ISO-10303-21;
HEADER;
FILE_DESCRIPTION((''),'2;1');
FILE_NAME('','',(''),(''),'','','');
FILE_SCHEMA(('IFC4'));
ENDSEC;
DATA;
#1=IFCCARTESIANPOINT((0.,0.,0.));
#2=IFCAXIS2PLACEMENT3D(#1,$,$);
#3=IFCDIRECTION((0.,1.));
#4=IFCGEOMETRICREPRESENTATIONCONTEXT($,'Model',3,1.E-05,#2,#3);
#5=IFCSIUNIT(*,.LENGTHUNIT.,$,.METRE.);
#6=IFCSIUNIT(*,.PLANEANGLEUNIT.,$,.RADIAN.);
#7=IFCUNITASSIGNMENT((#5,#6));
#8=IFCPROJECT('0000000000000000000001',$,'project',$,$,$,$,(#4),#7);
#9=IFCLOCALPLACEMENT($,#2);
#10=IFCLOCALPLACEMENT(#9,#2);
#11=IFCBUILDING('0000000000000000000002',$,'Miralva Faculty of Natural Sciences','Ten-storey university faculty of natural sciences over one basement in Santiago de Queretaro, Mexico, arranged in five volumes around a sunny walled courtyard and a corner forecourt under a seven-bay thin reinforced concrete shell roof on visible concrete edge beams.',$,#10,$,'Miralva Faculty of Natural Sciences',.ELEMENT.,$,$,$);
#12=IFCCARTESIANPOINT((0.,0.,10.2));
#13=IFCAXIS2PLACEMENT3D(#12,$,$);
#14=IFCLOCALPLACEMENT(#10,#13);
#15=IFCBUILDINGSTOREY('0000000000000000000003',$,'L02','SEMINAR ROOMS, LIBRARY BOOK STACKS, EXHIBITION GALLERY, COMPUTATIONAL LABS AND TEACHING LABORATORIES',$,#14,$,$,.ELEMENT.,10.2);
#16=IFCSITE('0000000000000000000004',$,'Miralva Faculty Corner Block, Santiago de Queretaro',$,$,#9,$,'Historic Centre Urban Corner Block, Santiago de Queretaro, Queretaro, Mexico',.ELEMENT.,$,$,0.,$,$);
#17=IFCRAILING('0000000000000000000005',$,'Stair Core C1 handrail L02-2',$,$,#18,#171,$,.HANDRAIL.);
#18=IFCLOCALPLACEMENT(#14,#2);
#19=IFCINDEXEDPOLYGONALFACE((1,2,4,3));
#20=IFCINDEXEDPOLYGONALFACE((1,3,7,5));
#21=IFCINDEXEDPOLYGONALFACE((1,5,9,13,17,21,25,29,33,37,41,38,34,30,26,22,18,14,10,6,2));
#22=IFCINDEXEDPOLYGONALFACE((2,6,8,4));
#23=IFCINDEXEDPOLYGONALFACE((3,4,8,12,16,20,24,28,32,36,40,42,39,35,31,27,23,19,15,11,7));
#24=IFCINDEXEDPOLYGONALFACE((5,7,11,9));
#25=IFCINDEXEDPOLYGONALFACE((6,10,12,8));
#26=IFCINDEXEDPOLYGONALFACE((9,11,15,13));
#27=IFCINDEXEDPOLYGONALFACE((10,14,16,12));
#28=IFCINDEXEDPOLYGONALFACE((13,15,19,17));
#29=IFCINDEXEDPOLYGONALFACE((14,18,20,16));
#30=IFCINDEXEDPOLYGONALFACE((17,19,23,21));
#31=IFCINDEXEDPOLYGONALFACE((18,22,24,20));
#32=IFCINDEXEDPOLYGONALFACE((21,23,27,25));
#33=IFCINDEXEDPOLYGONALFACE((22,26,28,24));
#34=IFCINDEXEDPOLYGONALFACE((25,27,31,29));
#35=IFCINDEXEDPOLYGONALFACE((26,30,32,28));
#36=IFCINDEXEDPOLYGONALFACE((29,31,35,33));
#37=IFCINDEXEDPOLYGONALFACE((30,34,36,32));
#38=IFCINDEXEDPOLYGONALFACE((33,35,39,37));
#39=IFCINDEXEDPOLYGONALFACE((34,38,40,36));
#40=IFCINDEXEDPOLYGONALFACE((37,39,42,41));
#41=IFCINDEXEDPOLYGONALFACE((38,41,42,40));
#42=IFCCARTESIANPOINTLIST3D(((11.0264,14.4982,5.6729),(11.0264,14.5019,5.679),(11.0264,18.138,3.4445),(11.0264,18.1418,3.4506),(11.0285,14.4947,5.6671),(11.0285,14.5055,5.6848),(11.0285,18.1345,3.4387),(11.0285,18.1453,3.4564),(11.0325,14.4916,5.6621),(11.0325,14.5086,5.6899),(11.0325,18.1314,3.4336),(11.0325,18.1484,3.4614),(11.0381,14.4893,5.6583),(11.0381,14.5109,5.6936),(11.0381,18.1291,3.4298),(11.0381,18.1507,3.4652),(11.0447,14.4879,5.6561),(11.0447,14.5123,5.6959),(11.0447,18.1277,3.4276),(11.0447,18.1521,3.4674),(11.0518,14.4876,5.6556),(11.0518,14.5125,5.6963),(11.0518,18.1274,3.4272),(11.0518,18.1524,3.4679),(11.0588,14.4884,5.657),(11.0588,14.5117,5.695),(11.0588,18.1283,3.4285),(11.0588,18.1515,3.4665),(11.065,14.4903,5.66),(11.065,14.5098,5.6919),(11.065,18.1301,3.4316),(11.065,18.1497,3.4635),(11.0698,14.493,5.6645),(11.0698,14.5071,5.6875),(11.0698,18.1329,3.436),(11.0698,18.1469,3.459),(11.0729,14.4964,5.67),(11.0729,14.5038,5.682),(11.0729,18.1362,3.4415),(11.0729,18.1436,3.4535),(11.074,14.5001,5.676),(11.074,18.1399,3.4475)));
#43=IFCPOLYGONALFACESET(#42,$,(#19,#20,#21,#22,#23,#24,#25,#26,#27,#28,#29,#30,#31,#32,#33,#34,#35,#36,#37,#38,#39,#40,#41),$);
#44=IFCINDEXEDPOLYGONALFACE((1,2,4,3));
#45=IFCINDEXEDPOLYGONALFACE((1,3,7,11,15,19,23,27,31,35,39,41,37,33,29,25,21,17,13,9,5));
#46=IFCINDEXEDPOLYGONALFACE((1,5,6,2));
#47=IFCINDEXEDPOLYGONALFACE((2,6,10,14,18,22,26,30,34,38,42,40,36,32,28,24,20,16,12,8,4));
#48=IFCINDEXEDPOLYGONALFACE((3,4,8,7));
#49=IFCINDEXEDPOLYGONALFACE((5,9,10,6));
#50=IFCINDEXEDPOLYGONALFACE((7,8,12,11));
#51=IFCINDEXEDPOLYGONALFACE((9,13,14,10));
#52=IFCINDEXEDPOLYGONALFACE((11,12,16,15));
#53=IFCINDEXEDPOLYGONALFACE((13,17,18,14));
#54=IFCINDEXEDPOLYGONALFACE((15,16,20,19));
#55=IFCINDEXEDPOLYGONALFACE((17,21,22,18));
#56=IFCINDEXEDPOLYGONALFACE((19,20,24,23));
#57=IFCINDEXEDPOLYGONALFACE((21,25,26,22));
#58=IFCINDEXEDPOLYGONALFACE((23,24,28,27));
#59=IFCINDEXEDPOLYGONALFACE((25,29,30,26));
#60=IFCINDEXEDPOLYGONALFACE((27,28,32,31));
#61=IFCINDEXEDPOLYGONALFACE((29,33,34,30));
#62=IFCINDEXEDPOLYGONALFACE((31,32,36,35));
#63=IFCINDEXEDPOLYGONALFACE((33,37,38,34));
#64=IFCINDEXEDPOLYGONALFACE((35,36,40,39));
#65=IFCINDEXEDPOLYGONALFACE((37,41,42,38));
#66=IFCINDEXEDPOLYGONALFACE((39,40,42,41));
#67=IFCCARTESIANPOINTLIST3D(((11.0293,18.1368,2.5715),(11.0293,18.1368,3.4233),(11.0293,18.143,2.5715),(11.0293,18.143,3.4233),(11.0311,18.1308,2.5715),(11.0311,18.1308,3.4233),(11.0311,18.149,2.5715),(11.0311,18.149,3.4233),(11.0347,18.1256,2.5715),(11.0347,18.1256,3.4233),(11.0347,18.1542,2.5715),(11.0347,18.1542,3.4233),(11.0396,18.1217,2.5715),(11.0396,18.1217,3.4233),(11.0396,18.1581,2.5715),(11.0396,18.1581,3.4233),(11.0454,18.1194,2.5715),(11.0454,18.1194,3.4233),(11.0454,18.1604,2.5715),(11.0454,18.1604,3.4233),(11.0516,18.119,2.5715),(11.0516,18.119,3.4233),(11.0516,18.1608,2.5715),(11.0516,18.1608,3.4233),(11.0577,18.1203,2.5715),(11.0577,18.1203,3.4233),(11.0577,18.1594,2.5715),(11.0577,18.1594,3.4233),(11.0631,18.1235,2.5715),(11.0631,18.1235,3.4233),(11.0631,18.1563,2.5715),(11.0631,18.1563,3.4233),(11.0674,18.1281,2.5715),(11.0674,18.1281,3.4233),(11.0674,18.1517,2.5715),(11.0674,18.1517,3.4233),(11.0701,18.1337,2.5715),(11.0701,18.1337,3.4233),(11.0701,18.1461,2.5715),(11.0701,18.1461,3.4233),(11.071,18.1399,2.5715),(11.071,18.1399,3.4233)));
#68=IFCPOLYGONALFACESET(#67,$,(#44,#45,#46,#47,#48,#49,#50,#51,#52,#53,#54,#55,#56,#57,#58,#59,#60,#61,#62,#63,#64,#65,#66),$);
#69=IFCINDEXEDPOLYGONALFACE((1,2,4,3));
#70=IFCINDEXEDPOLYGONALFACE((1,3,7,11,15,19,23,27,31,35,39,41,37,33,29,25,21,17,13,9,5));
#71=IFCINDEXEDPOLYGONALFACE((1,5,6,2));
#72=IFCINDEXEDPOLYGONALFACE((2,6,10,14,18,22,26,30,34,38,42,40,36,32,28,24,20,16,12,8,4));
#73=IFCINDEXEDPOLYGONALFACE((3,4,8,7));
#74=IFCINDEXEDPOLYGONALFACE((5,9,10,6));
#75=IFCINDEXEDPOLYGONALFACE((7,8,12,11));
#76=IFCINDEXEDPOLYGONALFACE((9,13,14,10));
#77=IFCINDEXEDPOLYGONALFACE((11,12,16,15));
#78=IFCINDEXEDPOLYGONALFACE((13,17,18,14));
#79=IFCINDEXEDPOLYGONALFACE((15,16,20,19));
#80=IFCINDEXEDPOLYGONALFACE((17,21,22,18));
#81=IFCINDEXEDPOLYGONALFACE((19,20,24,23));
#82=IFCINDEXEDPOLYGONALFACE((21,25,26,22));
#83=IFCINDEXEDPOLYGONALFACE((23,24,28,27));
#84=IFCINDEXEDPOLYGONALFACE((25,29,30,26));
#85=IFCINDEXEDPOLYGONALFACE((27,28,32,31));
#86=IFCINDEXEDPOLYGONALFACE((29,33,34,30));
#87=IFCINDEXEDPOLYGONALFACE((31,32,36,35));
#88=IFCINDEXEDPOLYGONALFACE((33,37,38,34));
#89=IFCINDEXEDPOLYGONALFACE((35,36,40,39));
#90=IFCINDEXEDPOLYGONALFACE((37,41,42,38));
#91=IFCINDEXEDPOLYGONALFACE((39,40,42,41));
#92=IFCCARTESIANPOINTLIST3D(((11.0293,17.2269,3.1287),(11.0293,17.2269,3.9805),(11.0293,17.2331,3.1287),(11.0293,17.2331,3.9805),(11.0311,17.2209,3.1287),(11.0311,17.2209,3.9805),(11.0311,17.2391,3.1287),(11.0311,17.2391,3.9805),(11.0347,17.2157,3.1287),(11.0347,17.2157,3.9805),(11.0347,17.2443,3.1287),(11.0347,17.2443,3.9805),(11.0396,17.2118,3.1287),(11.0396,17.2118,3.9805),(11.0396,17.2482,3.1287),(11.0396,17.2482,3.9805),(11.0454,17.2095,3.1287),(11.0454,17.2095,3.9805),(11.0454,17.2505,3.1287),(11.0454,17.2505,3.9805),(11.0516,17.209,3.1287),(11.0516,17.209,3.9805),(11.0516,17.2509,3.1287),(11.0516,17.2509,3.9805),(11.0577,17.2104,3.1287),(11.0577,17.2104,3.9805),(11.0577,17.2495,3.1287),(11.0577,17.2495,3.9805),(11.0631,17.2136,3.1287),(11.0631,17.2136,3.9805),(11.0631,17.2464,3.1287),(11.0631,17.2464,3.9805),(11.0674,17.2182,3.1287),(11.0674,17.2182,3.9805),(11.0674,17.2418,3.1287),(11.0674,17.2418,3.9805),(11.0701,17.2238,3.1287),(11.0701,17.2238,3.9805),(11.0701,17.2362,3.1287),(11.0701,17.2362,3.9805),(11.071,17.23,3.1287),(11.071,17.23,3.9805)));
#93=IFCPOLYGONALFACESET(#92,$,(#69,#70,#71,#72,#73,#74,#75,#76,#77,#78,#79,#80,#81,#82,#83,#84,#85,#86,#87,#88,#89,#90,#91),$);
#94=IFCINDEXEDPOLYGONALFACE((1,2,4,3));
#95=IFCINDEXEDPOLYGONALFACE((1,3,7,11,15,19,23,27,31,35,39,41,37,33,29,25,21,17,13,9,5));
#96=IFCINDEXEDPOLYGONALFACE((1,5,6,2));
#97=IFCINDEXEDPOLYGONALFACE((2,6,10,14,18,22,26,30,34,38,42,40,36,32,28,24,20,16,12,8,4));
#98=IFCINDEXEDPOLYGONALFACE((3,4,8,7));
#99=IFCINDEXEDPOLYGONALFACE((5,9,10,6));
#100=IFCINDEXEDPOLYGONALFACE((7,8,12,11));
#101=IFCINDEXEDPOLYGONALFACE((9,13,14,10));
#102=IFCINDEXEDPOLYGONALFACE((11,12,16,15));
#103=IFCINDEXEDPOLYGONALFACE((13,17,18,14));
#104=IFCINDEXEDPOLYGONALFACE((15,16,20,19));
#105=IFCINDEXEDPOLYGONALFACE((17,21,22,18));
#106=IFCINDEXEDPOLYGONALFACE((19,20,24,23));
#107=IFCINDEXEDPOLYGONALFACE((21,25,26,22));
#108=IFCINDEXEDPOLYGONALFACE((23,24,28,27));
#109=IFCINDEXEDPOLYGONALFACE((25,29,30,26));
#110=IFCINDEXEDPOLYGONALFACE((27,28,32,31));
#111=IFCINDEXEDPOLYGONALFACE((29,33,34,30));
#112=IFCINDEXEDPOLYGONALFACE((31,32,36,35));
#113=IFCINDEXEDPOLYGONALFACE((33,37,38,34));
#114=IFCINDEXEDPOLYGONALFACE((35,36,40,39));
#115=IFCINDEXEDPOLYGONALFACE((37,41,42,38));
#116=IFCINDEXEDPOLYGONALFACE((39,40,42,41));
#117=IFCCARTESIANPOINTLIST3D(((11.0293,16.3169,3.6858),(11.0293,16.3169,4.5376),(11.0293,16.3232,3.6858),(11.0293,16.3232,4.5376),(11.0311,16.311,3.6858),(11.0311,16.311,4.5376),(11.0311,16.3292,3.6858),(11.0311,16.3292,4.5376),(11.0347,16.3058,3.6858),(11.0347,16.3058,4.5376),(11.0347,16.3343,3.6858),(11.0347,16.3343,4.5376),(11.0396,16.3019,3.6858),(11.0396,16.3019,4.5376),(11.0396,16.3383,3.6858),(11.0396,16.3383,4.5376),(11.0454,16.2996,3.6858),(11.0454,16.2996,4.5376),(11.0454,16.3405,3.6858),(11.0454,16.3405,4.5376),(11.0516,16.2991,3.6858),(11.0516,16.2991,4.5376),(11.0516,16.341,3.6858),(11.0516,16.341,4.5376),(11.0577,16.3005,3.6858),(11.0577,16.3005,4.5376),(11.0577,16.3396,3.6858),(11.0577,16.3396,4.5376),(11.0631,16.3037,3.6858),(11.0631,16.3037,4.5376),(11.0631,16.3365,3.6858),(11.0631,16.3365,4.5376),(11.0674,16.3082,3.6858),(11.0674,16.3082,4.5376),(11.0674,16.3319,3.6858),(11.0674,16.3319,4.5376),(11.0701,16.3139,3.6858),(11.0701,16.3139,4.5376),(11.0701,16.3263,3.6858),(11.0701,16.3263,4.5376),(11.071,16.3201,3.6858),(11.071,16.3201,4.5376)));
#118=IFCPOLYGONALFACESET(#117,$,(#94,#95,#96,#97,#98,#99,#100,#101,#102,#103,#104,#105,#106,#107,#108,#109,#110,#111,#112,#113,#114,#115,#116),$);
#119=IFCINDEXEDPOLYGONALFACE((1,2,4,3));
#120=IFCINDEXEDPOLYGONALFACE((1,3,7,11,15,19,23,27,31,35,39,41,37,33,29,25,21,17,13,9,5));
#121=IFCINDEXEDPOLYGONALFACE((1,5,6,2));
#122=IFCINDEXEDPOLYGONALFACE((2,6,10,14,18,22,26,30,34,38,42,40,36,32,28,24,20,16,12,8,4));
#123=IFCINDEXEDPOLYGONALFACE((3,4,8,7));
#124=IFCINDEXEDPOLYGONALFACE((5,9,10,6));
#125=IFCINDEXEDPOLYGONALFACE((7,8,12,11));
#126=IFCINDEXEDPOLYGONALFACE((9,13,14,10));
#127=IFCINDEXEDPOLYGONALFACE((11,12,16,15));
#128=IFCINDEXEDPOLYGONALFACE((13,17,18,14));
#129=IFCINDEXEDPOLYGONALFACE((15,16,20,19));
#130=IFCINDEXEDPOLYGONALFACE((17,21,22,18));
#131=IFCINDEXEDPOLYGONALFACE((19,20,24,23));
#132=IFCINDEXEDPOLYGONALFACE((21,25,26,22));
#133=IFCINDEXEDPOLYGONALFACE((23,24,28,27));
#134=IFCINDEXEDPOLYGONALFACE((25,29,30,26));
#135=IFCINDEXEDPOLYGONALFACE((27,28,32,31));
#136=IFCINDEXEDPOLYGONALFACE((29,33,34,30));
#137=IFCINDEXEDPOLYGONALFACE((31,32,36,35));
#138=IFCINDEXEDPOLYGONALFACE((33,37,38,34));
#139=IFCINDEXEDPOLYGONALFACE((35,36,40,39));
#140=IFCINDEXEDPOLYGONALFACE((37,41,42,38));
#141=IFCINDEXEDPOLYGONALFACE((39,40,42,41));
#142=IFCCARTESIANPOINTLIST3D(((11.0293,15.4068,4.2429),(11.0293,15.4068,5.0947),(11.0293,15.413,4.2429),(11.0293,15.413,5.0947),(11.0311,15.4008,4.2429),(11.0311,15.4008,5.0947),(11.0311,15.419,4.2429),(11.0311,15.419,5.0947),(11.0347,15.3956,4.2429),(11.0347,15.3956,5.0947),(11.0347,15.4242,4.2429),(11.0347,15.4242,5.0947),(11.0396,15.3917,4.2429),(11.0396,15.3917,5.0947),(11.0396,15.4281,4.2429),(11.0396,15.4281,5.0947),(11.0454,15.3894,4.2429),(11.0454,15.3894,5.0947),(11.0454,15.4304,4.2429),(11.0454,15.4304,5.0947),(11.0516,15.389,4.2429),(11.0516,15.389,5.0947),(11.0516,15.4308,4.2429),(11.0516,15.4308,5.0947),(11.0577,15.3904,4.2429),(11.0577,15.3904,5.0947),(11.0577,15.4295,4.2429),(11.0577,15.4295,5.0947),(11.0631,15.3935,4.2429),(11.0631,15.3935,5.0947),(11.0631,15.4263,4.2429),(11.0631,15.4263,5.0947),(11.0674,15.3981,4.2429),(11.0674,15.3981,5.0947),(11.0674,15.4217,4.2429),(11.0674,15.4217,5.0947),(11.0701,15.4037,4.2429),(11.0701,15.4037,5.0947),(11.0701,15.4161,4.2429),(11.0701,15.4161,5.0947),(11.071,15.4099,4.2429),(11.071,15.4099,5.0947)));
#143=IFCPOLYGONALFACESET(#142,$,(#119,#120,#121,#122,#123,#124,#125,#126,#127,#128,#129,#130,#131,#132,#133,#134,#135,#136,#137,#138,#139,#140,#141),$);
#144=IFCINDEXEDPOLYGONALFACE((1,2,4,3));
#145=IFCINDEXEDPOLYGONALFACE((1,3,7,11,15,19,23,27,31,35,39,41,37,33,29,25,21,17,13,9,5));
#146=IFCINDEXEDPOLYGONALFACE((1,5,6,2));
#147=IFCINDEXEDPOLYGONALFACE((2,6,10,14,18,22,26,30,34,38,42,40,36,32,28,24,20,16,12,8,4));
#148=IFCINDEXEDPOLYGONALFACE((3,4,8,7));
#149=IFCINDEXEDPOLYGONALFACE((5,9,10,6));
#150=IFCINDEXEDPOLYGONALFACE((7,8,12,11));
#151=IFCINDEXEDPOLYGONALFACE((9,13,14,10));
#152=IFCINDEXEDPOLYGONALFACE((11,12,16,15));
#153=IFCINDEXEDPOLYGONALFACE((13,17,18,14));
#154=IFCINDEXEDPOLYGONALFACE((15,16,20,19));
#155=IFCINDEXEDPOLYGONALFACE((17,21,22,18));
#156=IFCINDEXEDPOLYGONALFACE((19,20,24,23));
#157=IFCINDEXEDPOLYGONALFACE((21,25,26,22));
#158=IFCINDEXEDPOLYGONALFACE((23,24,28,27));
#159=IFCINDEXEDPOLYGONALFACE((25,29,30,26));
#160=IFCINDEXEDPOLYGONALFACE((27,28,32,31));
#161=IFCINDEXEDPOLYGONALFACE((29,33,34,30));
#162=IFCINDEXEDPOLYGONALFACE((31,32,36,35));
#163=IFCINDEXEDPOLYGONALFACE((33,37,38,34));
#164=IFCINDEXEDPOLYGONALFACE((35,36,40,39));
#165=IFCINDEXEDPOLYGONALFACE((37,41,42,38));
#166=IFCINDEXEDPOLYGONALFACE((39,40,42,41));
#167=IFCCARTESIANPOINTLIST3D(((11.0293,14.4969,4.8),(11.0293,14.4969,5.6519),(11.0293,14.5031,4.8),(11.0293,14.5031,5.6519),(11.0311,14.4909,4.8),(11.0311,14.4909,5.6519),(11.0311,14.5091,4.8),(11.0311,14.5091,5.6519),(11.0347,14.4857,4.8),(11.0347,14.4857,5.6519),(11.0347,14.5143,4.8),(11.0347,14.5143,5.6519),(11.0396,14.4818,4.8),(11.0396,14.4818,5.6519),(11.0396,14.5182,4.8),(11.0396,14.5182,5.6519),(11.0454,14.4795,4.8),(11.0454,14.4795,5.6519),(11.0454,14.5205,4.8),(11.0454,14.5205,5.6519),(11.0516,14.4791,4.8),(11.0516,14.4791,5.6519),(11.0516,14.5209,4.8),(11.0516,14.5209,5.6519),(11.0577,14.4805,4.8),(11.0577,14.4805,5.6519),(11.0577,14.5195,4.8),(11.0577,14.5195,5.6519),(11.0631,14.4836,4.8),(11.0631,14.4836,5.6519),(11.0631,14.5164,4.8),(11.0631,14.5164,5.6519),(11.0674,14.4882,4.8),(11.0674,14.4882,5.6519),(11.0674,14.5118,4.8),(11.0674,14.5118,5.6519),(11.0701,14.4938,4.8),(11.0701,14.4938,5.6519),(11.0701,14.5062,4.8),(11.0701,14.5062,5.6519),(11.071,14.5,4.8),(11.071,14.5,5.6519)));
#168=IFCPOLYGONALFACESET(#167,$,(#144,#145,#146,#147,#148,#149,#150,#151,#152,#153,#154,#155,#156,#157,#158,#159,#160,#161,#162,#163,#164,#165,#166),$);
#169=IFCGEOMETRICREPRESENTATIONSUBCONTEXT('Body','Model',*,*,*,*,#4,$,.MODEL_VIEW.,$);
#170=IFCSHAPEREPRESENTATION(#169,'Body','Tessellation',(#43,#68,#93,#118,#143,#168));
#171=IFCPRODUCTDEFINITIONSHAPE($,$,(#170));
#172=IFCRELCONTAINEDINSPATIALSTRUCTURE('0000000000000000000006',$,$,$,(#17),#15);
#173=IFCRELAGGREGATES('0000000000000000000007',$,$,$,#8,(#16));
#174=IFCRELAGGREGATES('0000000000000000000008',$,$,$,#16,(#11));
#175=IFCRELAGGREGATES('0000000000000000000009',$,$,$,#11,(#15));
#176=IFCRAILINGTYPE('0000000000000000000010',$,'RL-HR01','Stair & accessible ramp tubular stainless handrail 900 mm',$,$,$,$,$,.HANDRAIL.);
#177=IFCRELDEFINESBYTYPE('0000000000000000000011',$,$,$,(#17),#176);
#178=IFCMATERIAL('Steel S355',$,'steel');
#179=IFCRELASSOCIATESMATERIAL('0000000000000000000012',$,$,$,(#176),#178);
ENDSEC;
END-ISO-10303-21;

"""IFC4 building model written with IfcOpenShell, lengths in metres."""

from ifc_helpers import new_model, si_unit, direction, frame, origin, origin_2d, place, context, subcontext, project, spatial, circle, extrude, material, type_object, element, save


model = new_model("IFC4")

# Units and contexts
model_context = context("Model", 3, precision=1e-05, world=origin(), true_north=direction((0.0, 1.0)))
body_context = subcontext(model_context, "Body", "Model", "MODEL_VIEW")
ifc_project = project(units=[si_unit("LENGTHUNIT", "METRE"), si_unit("PLANEANGLEUNIT", "RADIAN")], contexts=[model_context])

# Site, building, storey
site_placement = place(None, origin())
site = spatial("IfcSite", under=ifc_project, at=site_placement, Name="Miralva Faculty Corner Block, Santiago de Queretaro", LongName="Historic Centre Urban Corner Block, Santiago de Queretaro, Queretaro, Mexico", CompositionType="ELEMENT", RefElevation=0.0)
building_placement = place(site_placement, origin())
building = spatial("IfcBuilding", under=site, at=building_placement, Name="Miralva Faculty of Natural Sciences", Description="Ten-storey university faculty of natural sciences over one basement in Santiago de Queretaro, Mexico, arranged in five volumes around a sunny walled courtyard and a corner forecourt under a seven-bay thin reinforced concrete shell roof on visible concrete edge beams.", LongName="Miralva Faculty of Natural Sciences", CompositionType="ELEMENT")
storey_placement = place(building_placement, frame((0.0, 0.0, 10.2)))
storey = spatial("IfcBuildingStorey", under=building, at=storey_placement, Name="L02", Description="SEMINAR ROOMS, LIBRARY BOOK STACKS, EXHIBITION GALLERY, COMPUTATIONAL LABS AND TEACHING LABORATORIES", CompositionType="ELEMENT", Elevation=10.2)

# Railing
ifc_material_1 = material(Name="Steel S355", Category="steel")
railing_type_1 = type_object("IfcRailingType", Name="RL-HR01", Description="Stair & accessible ramp tubular stainless handrail 900 mm", PredefinedType="HANDRAIL", material=ifc_material_1)
railing_1_placement = place(storey_placement, frame((11.05, 18.1399, 2.5715)))
element("IfcRailing", 1, at=railing_1_placement, inside=storey, type_object=railing_type_1, Name="Stair Core C1 handrail L02-2", PredefinedType="HANDRAIL", context=body_context, shape_type="SweptSolid", body=[
    extrude(circle(Radius=0.0239, at=origin_2d()), frame((0.0, 0.0, 0.876), z_axis=(0.0, -0.85285, 0.522156), x_axis=(1.0, 0.0, 0.0)), (0.0, 0.0, 1.0), 4.2678),
    extrude(circle(Radius=0.021, at=origin_2d()), origin(), (0.0, 0.0, 1.0), 0.8518),
    extrude(circle(Radius=0.021, at=origin_2d()), frame((0.0, -0.9099, 0.5571)), (0.0, 0.0, 1.0), 0.8518),
    extrude(circle(Radius=0.021, at=origin_2d()), frame((0.0, -1.8198, 1.1143)), (0.0, 0.0, 1.0), 0.8518),
    extrude(circle(Radius=0.021, at=origin_2d()), frame((0.0, -2.73, 1.6714)), (0.0, 0.0, 1.0), 0.8518),
    extrude(circle(Radius=0.021, at=origin_2d()), frame((0.0, -3.6399, 2.2285)), (0.0, 0.0, 1.0), 0.8518),
])

save(model, "model.ifc")
